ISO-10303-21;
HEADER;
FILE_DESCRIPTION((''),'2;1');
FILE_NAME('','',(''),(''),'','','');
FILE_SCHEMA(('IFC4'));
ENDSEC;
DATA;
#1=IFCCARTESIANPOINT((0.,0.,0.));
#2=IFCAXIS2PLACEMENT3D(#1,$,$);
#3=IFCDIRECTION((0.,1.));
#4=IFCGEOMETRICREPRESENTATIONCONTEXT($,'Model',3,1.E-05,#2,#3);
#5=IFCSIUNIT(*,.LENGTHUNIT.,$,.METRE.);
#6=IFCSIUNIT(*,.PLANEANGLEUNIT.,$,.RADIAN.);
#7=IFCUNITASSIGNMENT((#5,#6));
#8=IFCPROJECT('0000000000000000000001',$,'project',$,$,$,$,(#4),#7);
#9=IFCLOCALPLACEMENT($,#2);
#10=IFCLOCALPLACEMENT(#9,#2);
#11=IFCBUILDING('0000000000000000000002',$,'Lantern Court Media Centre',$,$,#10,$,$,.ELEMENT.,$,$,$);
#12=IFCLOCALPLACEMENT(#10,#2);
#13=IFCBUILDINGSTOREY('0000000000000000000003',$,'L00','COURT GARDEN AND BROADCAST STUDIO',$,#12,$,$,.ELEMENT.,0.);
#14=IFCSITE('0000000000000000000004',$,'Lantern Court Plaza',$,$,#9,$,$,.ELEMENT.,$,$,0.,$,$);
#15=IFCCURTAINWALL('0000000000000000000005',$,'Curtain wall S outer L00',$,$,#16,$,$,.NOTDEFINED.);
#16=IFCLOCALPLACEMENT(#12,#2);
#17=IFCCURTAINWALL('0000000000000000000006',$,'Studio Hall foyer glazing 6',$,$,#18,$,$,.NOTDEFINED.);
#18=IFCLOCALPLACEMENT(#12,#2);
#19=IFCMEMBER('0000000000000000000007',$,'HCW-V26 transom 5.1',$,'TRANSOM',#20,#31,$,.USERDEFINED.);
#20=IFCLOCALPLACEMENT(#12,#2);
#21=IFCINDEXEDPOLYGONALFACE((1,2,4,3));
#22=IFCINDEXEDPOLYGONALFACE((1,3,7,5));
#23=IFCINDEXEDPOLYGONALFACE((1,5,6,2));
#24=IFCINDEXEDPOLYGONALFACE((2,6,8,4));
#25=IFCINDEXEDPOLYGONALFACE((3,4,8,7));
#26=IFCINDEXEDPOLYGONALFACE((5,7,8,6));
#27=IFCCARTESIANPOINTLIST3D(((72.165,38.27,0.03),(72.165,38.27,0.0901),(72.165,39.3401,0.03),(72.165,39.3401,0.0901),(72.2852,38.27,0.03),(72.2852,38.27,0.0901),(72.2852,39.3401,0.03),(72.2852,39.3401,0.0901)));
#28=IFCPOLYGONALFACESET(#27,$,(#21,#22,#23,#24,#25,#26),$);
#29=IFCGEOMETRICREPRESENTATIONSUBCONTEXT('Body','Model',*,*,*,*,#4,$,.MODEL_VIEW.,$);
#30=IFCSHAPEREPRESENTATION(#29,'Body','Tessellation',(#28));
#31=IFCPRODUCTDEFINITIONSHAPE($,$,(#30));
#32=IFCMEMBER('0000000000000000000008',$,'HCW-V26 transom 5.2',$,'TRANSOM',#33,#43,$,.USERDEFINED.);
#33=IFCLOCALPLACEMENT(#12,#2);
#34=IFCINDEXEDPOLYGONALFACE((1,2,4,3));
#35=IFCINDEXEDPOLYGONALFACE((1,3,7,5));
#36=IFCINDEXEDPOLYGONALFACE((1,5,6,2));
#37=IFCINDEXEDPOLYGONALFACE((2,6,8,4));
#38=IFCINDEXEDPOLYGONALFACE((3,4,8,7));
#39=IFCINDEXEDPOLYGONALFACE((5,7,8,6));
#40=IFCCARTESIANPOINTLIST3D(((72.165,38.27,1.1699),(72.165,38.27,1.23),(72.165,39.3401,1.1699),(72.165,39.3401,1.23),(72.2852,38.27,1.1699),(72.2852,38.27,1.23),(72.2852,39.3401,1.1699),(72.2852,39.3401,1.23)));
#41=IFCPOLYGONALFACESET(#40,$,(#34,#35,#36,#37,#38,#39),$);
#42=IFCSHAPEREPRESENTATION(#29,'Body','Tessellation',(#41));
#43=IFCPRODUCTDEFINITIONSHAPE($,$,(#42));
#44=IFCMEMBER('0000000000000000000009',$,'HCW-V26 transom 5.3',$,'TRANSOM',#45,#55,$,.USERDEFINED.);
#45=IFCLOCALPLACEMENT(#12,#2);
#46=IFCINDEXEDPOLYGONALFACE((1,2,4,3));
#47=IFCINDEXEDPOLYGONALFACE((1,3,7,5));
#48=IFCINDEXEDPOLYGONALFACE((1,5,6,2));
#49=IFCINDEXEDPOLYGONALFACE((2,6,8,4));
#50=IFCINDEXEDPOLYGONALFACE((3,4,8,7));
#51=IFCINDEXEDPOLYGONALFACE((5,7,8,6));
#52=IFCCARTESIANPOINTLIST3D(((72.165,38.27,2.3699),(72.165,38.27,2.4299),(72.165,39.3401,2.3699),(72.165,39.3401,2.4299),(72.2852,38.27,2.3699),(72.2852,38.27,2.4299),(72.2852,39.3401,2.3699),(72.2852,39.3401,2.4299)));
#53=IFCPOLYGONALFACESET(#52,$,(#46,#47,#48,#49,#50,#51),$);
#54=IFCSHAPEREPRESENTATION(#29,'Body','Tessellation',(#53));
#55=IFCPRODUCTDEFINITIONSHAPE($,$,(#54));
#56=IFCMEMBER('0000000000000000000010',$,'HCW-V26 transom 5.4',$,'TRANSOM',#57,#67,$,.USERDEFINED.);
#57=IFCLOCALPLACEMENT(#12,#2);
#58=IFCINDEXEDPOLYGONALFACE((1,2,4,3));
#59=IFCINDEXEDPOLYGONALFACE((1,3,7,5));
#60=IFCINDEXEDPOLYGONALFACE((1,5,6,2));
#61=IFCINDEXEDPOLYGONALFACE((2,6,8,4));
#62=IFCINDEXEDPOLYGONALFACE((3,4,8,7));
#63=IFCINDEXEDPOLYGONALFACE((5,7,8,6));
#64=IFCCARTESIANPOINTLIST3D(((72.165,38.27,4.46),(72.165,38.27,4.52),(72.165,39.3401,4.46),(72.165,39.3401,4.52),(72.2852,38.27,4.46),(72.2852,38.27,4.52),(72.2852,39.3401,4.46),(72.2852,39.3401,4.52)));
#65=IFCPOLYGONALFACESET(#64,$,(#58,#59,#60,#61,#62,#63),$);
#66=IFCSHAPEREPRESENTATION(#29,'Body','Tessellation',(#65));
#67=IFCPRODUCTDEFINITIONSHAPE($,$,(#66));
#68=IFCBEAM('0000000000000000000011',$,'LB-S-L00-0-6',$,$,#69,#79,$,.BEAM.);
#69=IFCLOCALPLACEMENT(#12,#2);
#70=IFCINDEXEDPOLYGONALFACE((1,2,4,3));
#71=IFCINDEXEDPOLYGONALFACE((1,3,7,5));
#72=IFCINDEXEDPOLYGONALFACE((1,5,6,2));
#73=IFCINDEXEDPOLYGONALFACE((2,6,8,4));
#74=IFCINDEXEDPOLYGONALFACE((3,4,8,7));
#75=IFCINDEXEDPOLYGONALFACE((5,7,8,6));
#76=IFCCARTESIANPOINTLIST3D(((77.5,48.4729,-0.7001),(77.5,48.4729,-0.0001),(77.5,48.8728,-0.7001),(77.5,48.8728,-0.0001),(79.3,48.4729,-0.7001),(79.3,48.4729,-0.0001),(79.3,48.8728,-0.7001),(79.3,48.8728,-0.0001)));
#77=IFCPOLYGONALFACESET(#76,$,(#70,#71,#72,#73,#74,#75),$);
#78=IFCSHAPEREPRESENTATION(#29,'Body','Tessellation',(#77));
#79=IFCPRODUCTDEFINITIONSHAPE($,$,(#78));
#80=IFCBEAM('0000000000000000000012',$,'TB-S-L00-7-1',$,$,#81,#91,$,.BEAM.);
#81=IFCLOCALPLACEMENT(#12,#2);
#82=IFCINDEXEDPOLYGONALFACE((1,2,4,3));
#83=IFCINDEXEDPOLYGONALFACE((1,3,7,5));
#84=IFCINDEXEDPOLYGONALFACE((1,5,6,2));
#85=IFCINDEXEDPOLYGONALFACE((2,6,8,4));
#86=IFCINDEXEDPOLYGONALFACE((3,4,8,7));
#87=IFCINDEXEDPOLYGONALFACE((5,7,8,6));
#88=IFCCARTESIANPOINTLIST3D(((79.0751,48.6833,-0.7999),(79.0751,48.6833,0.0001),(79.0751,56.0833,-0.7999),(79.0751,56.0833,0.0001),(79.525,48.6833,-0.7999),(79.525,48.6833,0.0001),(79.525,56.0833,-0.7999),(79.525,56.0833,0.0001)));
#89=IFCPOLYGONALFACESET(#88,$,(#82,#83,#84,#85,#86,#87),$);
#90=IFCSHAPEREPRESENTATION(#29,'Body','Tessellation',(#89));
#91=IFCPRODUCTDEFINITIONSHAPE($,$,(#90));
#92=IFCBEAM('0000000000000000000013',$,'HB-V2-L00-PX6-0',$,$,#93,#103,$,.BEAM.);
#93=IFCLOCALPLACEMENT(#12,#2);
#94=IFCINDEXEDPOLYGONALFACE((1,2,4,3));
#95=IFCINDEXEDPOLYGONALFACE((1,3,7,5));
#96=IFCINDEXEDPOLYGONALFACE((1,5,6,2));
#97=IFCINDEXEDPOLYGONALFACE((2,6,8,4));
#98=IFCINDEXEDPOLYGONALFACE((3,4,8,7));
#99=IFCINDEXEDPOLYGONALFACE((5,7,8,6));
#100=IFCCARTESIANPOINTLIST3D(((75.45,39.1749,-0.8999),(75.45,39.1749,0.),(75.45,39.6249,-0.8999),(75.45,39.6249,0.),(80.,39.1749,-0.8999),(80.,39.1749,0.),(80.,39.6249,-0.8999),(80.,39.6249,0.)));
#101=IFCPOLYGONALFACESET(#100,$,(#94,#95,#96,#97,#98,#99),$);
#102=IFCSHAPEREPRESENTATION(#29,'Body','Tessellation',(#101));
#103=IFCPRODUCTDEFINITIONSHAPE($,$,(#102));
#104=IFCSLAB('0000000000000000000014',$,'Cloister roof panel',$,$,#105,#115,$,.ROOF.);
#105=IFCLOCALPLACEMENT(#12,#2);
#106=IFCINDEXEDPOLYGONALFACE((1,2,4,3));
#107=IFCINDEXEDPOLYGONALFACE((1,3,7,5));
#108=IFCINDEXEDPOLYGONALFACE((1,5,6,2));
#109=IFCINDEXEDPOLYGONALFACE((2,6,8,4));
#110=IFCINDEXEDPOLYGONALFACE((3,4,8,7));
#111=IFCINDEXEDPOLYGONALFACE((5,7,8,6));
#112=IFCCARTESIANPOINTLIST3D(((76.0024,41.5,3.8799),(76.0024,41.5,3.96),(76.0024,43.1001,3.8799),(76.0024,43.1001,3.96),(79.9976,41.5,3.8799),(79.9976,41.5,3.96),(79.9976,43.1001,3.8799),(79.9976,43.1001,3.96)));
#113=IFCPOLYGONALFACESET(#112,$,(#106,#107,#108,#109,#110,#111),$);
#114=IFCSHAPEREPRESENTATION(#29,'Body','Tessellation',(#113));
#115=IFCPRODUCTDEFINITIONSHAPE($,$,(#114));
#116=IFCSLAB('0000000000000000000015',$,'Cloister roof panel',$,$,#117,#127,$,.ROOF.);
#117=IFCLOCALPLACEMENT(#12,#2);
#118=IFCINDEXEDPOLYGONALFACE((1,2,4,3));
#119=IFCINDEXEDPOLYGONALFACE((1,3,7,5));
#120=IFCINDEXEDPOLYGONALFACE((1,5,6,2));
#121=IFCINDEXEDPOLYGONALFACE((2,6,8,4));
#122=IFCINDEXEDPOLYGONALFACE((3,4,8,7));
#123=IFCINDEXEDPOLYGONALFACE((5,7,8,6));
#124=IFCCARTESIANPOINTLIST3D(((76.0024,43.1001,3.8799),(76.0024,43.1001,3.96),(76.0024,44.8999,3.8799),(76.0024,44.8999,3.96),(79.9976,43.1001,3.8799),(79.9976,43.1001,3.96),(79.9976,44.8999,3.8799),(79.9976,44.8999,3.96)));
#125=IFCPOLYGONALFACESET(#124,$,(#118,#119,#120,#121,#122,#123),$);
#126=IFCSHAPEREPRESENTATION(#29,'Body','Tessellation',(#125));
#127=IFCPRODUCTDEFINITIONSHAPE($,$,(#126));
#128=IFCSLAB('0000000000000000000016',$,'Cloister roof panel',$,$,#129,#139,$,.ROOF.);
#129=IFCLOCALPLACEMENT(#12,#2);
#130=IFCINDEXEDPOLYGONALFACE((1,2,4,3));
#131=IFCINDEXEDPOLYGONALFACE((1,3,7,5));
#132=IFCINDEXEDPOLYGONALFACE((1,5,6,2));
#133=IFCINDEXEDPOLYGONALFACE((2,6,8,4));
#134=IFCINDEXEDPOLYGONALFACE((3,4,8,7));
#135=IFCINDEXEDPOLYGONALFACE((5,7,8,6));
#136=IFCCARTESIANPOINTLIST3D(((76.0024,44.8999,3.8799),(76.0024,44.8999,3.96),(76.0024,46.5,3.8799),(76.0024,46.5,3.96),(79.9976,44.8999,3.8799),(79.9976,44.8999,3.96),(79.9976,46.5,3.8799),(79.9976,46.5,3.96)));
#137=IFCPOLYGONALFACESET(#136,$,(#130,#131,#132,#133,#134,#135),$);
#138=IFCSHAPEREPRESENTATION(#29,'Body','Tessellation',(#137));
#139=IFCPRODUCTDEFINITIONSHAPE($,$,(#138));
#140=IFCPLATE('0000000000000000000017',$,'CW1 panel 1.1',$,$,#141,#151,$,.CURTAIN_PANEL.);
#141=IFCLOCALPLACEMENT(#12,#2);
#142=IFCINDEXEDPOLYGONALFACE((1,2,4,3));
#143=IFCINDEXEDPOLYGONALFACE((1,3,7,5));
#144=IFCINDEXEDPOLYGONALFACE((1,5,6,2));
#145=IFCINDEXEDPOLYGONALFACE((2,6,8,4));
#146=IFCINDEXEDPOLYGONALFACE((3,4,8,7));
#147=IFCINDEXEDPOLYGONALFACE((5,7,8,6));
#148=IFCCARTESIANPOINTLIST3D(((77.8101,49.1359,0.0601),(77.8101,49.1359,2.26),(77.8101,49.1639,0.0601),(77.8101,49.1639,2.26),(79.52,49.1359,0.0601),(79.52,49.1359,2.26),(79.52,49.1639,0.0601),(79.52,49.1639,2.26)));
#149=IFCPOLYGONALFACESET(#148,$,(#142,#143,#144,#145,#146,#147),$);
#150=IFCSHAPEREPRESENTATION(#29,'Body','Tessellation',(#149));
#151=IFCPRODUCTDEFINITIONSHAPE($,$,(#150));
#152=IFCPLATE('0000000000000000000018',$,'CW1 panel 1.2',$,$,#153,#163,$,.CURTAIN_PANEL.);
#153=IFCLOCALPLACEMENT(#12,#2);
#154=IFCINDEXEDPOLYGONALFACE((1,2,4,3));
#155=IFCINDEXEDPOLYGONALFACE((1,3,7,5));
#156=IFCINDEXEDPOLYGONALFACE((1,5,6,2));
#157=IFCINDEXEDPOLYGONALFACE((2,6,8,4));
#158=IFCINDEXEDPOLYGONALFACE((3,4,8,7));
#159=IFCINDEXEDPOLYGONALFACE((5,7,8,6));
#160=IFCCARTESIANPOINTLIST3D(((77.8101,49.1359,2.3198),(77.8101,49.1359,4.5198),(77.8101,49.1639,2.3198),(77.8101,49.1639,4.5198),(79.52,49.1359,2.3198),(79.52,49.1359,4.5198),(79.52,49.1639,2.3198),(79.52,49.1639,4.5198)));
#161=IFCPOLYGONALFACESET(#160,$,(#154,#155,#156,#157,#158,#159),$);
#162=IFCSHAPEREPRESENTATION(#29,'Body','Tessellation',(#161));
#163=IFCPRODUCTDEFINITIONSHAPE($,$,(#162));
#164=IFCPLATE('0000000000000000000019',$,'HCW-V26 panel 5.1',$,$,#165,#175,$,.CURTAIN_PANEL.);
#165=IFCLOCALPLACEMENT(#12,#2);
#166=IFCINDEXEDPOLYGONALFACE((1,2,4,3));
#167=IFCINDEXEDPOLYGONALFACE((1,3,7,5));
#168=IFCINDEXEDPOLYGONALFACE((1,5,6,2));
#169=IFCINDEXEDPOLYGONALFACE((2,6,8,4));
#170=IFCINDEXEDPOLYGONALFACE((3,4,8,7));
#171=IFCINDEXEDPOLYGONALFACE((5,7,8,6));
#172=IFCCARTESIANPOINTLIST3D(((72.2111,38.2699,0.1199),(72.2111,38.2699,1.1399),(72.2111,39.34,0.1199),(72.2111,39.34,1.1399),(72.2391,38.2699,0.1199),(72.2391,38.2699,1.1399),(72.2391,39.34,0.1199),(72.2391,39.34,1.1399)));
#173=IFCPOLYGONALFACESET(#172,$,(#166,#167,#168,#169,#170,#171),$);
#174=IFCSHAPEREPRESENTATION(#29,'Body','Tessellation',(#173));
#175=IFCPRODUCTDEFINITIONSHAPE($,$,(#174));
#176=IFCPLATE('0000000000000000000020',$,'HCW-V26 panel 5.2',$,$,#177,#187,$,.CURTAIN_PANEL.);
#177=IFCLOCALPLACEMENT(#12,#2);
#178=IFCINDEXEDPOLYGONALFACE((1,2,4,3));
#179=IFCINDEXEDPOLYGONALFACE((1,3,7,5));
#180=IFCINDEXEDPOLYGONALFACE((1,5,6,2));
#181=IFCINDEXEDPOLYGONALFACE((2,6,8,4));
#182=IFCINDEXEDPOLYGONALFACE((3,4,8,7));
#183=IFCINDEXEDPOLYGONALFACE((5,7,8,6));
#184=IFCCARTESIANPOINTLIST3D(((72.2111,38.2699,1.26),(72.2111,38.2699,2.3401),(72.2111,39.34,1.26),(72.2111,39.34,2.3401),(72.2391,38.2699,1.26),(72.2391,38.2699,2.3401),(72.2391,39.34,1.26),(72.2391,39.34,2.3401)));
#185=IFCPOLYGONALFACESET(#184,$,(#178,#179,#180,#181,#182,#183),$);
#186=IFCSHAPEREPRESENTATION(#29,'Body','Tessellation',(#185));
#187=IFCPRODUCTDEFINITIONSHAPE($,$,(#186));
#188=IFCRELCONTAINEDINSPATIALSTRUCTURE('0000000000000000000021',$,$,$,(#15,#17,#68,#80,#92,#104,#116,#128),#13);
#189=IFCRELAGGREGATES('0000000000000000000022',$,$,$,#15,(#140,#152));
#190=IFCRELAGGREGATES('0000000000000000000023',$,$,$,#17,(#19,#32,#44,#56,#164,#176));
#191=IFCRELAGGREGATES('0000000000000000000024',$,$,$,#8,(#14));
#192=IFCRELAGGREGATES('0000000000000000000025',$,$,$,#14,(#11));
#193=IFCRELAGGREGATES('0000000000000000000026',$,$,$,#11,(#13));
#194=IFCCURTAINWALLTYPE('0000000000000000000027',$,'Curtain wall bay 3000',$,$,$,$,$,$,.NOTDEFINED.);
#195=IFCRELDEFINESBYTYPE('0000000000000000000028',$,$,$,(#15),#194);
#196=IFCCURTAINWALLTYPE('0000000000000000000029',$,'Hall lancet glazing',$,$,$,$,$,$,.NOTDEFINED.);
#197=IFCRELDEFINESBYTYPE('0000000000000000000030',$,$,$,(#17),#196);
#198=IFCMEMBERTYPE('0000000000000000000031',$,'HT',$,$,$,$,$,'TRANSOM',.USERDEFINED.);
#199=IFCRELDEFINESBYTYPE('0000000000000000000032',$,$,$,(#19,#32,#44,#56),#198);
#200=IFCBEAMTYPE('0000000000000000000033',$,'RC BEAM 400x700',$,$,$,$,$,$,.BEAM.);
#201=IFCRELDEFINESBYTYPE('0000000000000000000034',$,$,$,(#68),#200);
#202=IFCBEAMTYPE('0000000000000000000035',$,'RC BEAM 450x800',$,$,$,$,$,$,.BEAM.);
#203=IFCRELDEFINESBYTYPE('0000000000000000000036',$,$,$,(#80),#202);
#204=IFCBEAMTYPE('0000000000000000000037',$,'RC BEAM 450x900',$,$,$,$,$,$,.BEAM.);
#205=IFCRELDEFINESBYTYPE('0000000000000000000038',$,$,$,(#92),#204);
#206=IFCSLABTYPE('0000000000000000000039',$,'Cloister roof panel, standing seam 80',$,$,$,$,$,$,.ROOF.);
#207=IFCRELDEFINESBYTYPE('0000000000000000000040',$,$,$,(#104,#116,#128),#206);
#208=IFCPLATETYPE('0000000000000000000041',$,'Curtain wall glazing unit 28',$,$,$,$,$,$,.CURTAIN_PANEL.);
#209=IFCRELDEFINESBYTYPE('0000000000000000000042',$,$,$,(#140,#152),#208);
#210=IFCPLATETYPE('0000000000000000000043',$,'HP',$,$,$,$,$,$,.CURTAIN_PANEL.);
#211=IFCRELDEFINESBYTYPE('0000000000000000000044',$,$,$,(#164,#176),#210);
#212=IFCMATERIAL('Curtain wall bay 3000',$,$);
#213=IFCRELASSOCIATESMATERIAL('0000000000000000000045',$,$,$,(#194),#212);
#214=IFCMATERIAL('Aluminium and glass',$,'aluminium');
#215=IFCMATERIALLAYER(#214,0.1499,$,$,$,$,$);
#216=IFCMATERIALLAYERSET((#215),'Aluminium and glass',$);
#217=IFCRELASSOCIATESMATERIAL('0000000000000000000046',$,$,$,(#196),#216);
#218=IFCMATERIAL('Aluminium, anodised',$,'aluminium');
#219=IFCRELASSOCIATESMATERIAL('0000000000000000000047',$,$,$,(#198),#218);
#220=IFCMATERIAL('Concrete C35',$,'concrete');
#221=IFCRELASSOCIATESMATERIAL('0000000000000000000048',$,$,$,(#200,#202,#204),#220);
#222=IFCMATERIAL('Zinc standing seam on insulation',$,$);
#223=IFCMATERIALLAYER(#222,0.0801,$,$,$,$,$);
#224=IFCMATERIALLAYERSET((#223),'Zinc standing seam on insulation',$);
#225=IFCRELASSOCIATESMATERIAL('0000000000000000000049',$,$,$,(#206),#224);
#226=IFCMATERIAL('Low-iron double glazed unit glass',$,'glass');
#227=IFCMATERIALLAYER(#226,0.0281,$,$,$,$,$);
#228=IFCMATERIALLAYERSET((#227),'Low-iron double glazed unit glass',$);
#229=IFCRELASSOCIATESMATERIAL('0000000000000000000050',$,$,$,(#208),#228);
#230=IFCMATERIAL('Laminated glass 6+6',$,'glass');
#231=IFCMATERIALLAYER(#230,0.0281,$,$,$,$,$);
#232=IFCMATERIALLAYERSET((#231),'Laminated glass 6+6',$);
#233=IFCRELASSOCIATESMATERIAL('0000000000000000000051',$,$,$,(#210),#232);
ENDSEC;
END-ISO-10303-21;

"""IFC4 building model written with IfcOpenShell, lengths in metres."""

from ifc_helpers import new_model, si_unit, direction, frame, origin, origin_2d, place, context, subcontext, project, spatial, polyline, rectangle, outline, extrude, material, layer, layer_set, material_profile, profile_set, type_object, element, aggregate, save


model = new_model("IFC4")

# Units and contexts
model_context = context("Model", 3, precision=1e-05, world=origin(), true_north=direction((0.0, 1.0)))
body_context = subcontext(model_context, "Body", "Model", "MODEL_VIEW")
ifc_project = project(units=[si_unit("LENGTHUNIT", "METRE"), si_unit("PLANEANGLEUNIT", "RADIAN")], contexts=[model_context])

# Site, building, storey
site_placement = place(None, origin())
site = spatial("IfcSite", under=ifc_project, at=site_placement, Name="Lantern Court Plaza", CompositionType="ELEMENT", RefElevation=0.0)
building_placement = place(site_placement, origin())
building = spatial("IfcBuilding", under=site, at=building_placement, Name="Lantern Court Media Centre", CompositionType="ELEMENT")
storey_placement = place(building_placement, origin())
storey = spatial("IfcBuildingStorey", under=building, at=storey_placement, Name="L00", Description="COURT GARDEN AND BROADCAST STUDIO", CompositionType="ELEMENT", Elevation=0.0)

# Shared definitions
ifc_material_1 = material(Name="Concrete C35", Category="concrete")

# Curtain walls, members
ifc_material_2 = material(Name="Curtain wall bay 3000")
curtain_wall_type_1 = type_object("IfcCurtainWallType", Name="Curtain wall bay 3000", PredefinedType="NOTDEFINED", material=ifc_material_2)
curtain_wall_1_placement = place(storey_placement, origin())
curtain_wall_1 = element("IfcCurtainWall", 1, at=curtain_wall_1_placement, inside=storey, type_object=curtain_wall_type_1, Name="Curtain wall S outer L00", PredefinedType="NOTDEFINED")
ifc_material_3 = material(Name="Aluminium and glass", Category="aluminium")
ifc_layer_1 = layer(ifc_material_3, 0.1499)
ifc_layer_set_1 = layer_set([ifc_layer_1], Name="Aluminium and glass")
curtain_wall_type_2 = type_object("IfcCurtainWallType", Name="Hall lancet glazing", PredefinedType="NOTDEFINED", material=ifc_layer_set_1)
curtain_wall_2_placement = place(storey_placement, origin())
curtain_wall_2 = element("IfcCurtainWall", 2, at=curtain_wall_2_placement, inside=storey, type_object=curtain_wall_type_2, Name="Studio Hall foyer glazing 6", PredefinedType="NOTDEFINED")
ifc_material_4 = material(Name="Aluminium, anodised", Category="aluminium")
ifc_material_profile_1 = material_profile(ifc_material_4, rectangle(XDim=0.1201, YDim=0.0601, at=origin_2d()), Name="HT")
ifc_profile_set_1 = profile_set([ifc_material_profile_1], Name="Aluminium, anodised")
member_type_1 = type_object("IfcMemberType", Name="HT", ElementType="TRANSOM", PredefinedType="USERDEFINED", material=ifc_profile_set_1)
member_1_placement = place(storey_placement, frame((72.2251, 38.27, 0.0601), z_axis=(0.0, 1.0, 0.0), x_axis=(-1.0, 0.0, 0.0)))
member_1 = element("IfcMember", 3, at=member_1_placement, type_object=member_type_1, Name="HCW-V26 transom 5.1", ObjectType="TRANSOM", PredefinedType="USERDEFINED", context=body_context, shape_type="SweptSolid", body=[
    extrude(rectangle(XDim=0.1201, YDim=0.0601, at=origin_2d()), origin(), (0.0, 0.0, 1.0), 1.0701),
])
member_2_placement = place(storey_placement, frame((72.2251, 38.27, 1.2), z_axis=(0.0, 1.0, 0.0), x_axis=(-1.0, 0.0, 0.0)))
member_2 = element("IfcMember", 4, at=member_2_placement, type_object=member_type_1, Name="HCW-V26 transom 5.2", ObjectType="TRANSOM", PredefinedType="USERDEFINED", context=body_context, shape_type="SweptSolid", body=[
    extrude(rectangle(XDim=0.1201, YDim=0.0601, at=origin_2d()), origin(), (0.0, 0.0, 1.0), 1.0701),
])
member_3_placement = place(storey_placement, frame((72.2251, 38.27, 2.3999), z_axis=(0.0, 1.0, 0.0), x_axis=(-1.0, 0.0, 0.0)))
member_3 = element("IfcMember", 5, at=member_3_placement, type_object=member_type_1, Name="HCW-V26 transom 5.3", ObjectType="TRANSOM", PredefinedType="USERDEFINED", context=body_context, shape_type="SweptSolid", body=[
    extrude(rectangle(XDim=0.1201, YDim=0.0601, at=origin_2d()), origin(), (0.0, 0.0, 1.0), 1.0701),
])
member_4_placement = place(storey_placement, frame((72.2251, 38.27, 4.49), z_axis=(0.0, 1.0, 0.0), x_axis=(-1.0, 0.0, 0.0)))
member_4 = element("IfcMember", 6, at=member_4_placement, type_object=member_type_1, Name="HCW-V26 transom 5.4", ObjectType="TRANSOM", PredefinedType="USERDEFINED", context=body_context, shape_type="SweptSolid", body=[
    extrude(rectangle(XDim=0.1201, YDim=0.0601, at=origin_2d()), origin(), (0.0, 0.0, 1.0), 1.0701),
])

# Beams
ifc_material_profile_2 = material_profile(ifc_material_1, rectangle(XDim=0.3999, YDim=0.7, at=origin_2d()), Name="RC 400x700")
ifc_profile_set_2 = profile_set([ifc_material_profile_2], Name="Concrete C35")
beam_type_1 = type_object("IfcBeamType", Name="RC BEAM 400x700", PredefinedType="BEAM", material=ifc_profile_set_2)
beam_1_placement = place(storey_placement, frame((77.5, 48.6729, -0.3501), z_axis=(1.0, 0.0, 0.0), x_axis=(0.0, 1.0, 0.0)))
element("IfcBeam", 7, at=beam_1_placement, inside=storey, type_object=beam_type_1, Name="LB-S-L00-0-6", PredefinedType="BEAM", context=body_context, shape_type="SweptSolid", body=[
    extrude(rectangle(XDim=0.3999, YDim=0.7, at=origin_2d()), origin(), (0.0, 0.0, 1.0), 1.8),
])
ifc_material_profile_3 = material_profile(ifc_material_1, rectangle(XDim=0.45, YDim=0.8, at=origin_2d()), Name="RC 450x800")
ifc_profile_set_3 = profile_set([ifc_material_profile_3], Name="Concrete C35")
beam_type_2 = type_object("IfcBeamType", Name="RC BEAM 450x800", PredefinedType="BEAM", material=ifc_profile_set_3)
beam_2_placement = place(storey_placement, frame((79.3, 48.6833, -0.3999), z_axis=(0.0, 1.0, 0.0), x_axis=(-1.0, 0.0, 0.0)))
element("IfcBeam", 8, at=beam_2_placement, inside=storey, type_object=beam_type_2, Name="TB-S-L00-7-1", PredefinedType="BEAM", context=body_context, shape_type="SweptSolid", body=[
    extrude(rectangle(XDim=0.45, YDim=0.8, at=origin_2d()), origin(), (0.0, 0.0, 1.0), 7.3999),
])
ifc_material_profile_4 = material_profile(ifc_material_1, rectangle(XDim=0.45, YDim=0.8999, at=origin_2d()), Name="RC 450x900")
ifc_profile_set_4 = profile_set([ifc_material_profile_4], Name="Concrete C35")
beam_type_3 = type_object("IfcBeamType", Name="RC BEAM 450x900", PredefinedType="BEAM", material=ifc_profile_set_4)
beam_3_placement = place(storey_placement, frame((75.45, 39.3999, -0.45), z_axis=(1.0, 0.0, 0.0), x_axis=(0.0, 1.0, 0.0)))
element("IfcBeam", 9, at=beam_3_placement, inside=storey, type_object=beam_type_3, Name="HB-V2-L00-PX6-0", PredefinedType="BEAM", context=body_context, shape_type="SweptSolid", body=[
    extrude(rectangle(XDim=0.45, YDim=0.8999, at=origin_2d()), origin(), (0.0, 0.0, 1.0), 4.55),
])

# Slabs
ifc_material_5 = material(Name="Zinc standing seam on insulation")
ifc_layer_2 = layer(ifc_material_5, 0.0801)
ifc_layer_set_2 = layer_set([ifc_layer_2], Name="Zinc standing seam on insulation")
slab_type = type_object("IfcSlabType", Name="Cloister roof panel, standing seam 80", PredefinedType="ROOF", material=ifc_layer_set_2)
slab_1_placement = place(storey_placement, frame((76.0024, 41.5, 3.96), z_axis=(0.0, 0.0, 1.0), x_axis=(1.0, 0.0, 0.0)))
element("IfcSlab", 10, at=slab_1_placement, inside=storey, type_object=slab_type, Name="Cloister roof panel", PredefinedType="ROOF", context=body_context, shape_type="SweptSolid", body=[
    extrude(outline(polyline([(0.0, 0.0), (3.9951, 0.0), (3.9951, 1.6001), (0.0, 1.6001), (0.0, 0.0)])), origin(), (0.0, 0.0, -1.0), 0.0801),
])
slab_2_placement = place(storey_placement, frame((76.0024, 43.1001, 3.96), z_axis=(0.0, 0.0, 1.0), x_axis=(1.0, 0.0, 0.0)))
element("IfcSlab", 11, at=slab_2_placement, inside=storey, type_object=slab_type, Name="Cloister roof panel", PredefinedType="ROOF", context=body_context, shape_type="SweptSolid", body=[
    extrude(outline(polyline([(0.0, 0.0), (3.9951, 0.0), (3.9951, 1.7998), (0.0, 1.7998), (0.0, 0.0)])), origin(), (0.0, 0.0, -1.0), 0.0801),
])
slab_3_placement = place(storey_placement, frame((76.0024, 44.8999, 3.96), z_axis=(0.0, 0.0, 1.0), x_axis=(1.0, 0.0, 0.0)))
element("IfcSlab", 12, at=slab_3_placement, inside=storey, type_object=slab_type, Name="Cloister roof panel", PredefinedType="ROOF", context=body_context, shape_type="SweptSolid", body=[
    extrude(outline(polyline([(0.0, 0.0), (3.9951, 0.0), (3.9951, 1.6001), (0.0, 1.6001), (0.0, 0.0)])), origin(), (0.0, 0.0, -1.0), 0.0801),
])

# Plates
ifc_material_6 = material(Name="Low-iron double glazed unit glass", Category="glass")
ifc_layer_3 = layer(ifc_material_6, 0.0281)
ifc_layer_set_3 = layer_set([ifc_layer_3], Name="Low-iron double glazed unit glass")
plate_type_1 = type_object("IfcPlateType", Name="Curtain wall glazing unit 28", PredefinedType="CURTAIN_PANEL", material=ifc_layer_set_3)
plate_1_placement = place(storey_placement, frame((78.665, 49.1499, 0.0601), z_axis=(0.0, 0.0, 1.0), x_axis=(1.0, 0.0, 0.0)))
plate_1 = element("IfcPlate", 13, at=plate_1_placement, type_object=plate_type_1, Name="CW1 panel 1.1", PredefinedType="CURTAIN_PANEL", context=body_context, shape_type="SweptSolid", body=[
    extrude(rectangle(XDim=1.71, YDim=0.0281, at=origin_2d()), origin(), (0.0, 0.0, 1.0), 2.2),
])
plate_2_placement = place(storey_placement, frame((78.665, 49.1499, 2.3198), z_axis=(0.0, 0.0, 1.0), x_axis=(1.0, 0.0, 0.0)))
plate_2 = element("IfcPlate", 14, at=plate_2_placement, type_object=plate_type_1, Name="CW1 panel 1.2", PredefinedType="CURTAIN_PANEL", context=body_context, shape_type="SweptSolid", body=[
    extrude(rectangle(XDim=1.71, YDim=0.0281, at=origin_2d()), origin(), (0.0, 0.0, 1.0), 2.2),
])
aggregate(curtain_wall_1, [plate_1, plate_2])
ifc_material_7 = material(Name="Laminated glass 6+6", Category="glass")
ifc_layer_4 = layer(ifc_material_7, 0.0281)
ifc_layer_set_4 = layer_set([ifc_layer_4], Name="Laminated glass 6+6")
plate_type_2 = type_object("IfcPlateType", Name="HP", PredefinedType="CURTAIN_PANEL", material=ifc_layer_set_4)
plate_3_placement = place(storey_placement, frame((72.2251, 38.8049, 0.1199), z_axis=(0.0, 0.0, 1.0), x_axis=(0.0, 1.0, 0.0)))
plate_3 = element("IfcPlate", 15, at=plate_3_placement, type_object=plate_type_2, Name="HCW-V26 panel 5.1", PredefinedType="CURTAIN_PANEL", context=body_context, shape_type="SweptSolid", body=[
    extrude(rectangle(XDim=1.0701, YDim=0.0281, at=origin_2d()), origin(), (0.0, 0.0, 1.0), 1.02),
])
plate_4_placement = place(storey_placement, frame((72.2251, 38.8049, 1.26), z_axis=(0.0, 0.0, 1.0), x_axis=(0.0, 1.0, 0.0)))
plate_4 = element("IfcPlate", 16, at=plate_4_placement, type_object=plate_type_2, Name="HCW-V26 panel 5.2", PredefinedType="CURTAIN_PANEL", context=body_context, shape_type="SweptSolid", body=[
    extrude(rectangle(XDim=1.0701, YDim=0.0281, at=origin_2d()), origin(), (0.0, 0.0, 1.0), 1.0801),
])
aggregate(curtain_wall_2, [member_1, member_2, member_3, member_4, plate_3, plate_4])

save(model, "model.ifc")
